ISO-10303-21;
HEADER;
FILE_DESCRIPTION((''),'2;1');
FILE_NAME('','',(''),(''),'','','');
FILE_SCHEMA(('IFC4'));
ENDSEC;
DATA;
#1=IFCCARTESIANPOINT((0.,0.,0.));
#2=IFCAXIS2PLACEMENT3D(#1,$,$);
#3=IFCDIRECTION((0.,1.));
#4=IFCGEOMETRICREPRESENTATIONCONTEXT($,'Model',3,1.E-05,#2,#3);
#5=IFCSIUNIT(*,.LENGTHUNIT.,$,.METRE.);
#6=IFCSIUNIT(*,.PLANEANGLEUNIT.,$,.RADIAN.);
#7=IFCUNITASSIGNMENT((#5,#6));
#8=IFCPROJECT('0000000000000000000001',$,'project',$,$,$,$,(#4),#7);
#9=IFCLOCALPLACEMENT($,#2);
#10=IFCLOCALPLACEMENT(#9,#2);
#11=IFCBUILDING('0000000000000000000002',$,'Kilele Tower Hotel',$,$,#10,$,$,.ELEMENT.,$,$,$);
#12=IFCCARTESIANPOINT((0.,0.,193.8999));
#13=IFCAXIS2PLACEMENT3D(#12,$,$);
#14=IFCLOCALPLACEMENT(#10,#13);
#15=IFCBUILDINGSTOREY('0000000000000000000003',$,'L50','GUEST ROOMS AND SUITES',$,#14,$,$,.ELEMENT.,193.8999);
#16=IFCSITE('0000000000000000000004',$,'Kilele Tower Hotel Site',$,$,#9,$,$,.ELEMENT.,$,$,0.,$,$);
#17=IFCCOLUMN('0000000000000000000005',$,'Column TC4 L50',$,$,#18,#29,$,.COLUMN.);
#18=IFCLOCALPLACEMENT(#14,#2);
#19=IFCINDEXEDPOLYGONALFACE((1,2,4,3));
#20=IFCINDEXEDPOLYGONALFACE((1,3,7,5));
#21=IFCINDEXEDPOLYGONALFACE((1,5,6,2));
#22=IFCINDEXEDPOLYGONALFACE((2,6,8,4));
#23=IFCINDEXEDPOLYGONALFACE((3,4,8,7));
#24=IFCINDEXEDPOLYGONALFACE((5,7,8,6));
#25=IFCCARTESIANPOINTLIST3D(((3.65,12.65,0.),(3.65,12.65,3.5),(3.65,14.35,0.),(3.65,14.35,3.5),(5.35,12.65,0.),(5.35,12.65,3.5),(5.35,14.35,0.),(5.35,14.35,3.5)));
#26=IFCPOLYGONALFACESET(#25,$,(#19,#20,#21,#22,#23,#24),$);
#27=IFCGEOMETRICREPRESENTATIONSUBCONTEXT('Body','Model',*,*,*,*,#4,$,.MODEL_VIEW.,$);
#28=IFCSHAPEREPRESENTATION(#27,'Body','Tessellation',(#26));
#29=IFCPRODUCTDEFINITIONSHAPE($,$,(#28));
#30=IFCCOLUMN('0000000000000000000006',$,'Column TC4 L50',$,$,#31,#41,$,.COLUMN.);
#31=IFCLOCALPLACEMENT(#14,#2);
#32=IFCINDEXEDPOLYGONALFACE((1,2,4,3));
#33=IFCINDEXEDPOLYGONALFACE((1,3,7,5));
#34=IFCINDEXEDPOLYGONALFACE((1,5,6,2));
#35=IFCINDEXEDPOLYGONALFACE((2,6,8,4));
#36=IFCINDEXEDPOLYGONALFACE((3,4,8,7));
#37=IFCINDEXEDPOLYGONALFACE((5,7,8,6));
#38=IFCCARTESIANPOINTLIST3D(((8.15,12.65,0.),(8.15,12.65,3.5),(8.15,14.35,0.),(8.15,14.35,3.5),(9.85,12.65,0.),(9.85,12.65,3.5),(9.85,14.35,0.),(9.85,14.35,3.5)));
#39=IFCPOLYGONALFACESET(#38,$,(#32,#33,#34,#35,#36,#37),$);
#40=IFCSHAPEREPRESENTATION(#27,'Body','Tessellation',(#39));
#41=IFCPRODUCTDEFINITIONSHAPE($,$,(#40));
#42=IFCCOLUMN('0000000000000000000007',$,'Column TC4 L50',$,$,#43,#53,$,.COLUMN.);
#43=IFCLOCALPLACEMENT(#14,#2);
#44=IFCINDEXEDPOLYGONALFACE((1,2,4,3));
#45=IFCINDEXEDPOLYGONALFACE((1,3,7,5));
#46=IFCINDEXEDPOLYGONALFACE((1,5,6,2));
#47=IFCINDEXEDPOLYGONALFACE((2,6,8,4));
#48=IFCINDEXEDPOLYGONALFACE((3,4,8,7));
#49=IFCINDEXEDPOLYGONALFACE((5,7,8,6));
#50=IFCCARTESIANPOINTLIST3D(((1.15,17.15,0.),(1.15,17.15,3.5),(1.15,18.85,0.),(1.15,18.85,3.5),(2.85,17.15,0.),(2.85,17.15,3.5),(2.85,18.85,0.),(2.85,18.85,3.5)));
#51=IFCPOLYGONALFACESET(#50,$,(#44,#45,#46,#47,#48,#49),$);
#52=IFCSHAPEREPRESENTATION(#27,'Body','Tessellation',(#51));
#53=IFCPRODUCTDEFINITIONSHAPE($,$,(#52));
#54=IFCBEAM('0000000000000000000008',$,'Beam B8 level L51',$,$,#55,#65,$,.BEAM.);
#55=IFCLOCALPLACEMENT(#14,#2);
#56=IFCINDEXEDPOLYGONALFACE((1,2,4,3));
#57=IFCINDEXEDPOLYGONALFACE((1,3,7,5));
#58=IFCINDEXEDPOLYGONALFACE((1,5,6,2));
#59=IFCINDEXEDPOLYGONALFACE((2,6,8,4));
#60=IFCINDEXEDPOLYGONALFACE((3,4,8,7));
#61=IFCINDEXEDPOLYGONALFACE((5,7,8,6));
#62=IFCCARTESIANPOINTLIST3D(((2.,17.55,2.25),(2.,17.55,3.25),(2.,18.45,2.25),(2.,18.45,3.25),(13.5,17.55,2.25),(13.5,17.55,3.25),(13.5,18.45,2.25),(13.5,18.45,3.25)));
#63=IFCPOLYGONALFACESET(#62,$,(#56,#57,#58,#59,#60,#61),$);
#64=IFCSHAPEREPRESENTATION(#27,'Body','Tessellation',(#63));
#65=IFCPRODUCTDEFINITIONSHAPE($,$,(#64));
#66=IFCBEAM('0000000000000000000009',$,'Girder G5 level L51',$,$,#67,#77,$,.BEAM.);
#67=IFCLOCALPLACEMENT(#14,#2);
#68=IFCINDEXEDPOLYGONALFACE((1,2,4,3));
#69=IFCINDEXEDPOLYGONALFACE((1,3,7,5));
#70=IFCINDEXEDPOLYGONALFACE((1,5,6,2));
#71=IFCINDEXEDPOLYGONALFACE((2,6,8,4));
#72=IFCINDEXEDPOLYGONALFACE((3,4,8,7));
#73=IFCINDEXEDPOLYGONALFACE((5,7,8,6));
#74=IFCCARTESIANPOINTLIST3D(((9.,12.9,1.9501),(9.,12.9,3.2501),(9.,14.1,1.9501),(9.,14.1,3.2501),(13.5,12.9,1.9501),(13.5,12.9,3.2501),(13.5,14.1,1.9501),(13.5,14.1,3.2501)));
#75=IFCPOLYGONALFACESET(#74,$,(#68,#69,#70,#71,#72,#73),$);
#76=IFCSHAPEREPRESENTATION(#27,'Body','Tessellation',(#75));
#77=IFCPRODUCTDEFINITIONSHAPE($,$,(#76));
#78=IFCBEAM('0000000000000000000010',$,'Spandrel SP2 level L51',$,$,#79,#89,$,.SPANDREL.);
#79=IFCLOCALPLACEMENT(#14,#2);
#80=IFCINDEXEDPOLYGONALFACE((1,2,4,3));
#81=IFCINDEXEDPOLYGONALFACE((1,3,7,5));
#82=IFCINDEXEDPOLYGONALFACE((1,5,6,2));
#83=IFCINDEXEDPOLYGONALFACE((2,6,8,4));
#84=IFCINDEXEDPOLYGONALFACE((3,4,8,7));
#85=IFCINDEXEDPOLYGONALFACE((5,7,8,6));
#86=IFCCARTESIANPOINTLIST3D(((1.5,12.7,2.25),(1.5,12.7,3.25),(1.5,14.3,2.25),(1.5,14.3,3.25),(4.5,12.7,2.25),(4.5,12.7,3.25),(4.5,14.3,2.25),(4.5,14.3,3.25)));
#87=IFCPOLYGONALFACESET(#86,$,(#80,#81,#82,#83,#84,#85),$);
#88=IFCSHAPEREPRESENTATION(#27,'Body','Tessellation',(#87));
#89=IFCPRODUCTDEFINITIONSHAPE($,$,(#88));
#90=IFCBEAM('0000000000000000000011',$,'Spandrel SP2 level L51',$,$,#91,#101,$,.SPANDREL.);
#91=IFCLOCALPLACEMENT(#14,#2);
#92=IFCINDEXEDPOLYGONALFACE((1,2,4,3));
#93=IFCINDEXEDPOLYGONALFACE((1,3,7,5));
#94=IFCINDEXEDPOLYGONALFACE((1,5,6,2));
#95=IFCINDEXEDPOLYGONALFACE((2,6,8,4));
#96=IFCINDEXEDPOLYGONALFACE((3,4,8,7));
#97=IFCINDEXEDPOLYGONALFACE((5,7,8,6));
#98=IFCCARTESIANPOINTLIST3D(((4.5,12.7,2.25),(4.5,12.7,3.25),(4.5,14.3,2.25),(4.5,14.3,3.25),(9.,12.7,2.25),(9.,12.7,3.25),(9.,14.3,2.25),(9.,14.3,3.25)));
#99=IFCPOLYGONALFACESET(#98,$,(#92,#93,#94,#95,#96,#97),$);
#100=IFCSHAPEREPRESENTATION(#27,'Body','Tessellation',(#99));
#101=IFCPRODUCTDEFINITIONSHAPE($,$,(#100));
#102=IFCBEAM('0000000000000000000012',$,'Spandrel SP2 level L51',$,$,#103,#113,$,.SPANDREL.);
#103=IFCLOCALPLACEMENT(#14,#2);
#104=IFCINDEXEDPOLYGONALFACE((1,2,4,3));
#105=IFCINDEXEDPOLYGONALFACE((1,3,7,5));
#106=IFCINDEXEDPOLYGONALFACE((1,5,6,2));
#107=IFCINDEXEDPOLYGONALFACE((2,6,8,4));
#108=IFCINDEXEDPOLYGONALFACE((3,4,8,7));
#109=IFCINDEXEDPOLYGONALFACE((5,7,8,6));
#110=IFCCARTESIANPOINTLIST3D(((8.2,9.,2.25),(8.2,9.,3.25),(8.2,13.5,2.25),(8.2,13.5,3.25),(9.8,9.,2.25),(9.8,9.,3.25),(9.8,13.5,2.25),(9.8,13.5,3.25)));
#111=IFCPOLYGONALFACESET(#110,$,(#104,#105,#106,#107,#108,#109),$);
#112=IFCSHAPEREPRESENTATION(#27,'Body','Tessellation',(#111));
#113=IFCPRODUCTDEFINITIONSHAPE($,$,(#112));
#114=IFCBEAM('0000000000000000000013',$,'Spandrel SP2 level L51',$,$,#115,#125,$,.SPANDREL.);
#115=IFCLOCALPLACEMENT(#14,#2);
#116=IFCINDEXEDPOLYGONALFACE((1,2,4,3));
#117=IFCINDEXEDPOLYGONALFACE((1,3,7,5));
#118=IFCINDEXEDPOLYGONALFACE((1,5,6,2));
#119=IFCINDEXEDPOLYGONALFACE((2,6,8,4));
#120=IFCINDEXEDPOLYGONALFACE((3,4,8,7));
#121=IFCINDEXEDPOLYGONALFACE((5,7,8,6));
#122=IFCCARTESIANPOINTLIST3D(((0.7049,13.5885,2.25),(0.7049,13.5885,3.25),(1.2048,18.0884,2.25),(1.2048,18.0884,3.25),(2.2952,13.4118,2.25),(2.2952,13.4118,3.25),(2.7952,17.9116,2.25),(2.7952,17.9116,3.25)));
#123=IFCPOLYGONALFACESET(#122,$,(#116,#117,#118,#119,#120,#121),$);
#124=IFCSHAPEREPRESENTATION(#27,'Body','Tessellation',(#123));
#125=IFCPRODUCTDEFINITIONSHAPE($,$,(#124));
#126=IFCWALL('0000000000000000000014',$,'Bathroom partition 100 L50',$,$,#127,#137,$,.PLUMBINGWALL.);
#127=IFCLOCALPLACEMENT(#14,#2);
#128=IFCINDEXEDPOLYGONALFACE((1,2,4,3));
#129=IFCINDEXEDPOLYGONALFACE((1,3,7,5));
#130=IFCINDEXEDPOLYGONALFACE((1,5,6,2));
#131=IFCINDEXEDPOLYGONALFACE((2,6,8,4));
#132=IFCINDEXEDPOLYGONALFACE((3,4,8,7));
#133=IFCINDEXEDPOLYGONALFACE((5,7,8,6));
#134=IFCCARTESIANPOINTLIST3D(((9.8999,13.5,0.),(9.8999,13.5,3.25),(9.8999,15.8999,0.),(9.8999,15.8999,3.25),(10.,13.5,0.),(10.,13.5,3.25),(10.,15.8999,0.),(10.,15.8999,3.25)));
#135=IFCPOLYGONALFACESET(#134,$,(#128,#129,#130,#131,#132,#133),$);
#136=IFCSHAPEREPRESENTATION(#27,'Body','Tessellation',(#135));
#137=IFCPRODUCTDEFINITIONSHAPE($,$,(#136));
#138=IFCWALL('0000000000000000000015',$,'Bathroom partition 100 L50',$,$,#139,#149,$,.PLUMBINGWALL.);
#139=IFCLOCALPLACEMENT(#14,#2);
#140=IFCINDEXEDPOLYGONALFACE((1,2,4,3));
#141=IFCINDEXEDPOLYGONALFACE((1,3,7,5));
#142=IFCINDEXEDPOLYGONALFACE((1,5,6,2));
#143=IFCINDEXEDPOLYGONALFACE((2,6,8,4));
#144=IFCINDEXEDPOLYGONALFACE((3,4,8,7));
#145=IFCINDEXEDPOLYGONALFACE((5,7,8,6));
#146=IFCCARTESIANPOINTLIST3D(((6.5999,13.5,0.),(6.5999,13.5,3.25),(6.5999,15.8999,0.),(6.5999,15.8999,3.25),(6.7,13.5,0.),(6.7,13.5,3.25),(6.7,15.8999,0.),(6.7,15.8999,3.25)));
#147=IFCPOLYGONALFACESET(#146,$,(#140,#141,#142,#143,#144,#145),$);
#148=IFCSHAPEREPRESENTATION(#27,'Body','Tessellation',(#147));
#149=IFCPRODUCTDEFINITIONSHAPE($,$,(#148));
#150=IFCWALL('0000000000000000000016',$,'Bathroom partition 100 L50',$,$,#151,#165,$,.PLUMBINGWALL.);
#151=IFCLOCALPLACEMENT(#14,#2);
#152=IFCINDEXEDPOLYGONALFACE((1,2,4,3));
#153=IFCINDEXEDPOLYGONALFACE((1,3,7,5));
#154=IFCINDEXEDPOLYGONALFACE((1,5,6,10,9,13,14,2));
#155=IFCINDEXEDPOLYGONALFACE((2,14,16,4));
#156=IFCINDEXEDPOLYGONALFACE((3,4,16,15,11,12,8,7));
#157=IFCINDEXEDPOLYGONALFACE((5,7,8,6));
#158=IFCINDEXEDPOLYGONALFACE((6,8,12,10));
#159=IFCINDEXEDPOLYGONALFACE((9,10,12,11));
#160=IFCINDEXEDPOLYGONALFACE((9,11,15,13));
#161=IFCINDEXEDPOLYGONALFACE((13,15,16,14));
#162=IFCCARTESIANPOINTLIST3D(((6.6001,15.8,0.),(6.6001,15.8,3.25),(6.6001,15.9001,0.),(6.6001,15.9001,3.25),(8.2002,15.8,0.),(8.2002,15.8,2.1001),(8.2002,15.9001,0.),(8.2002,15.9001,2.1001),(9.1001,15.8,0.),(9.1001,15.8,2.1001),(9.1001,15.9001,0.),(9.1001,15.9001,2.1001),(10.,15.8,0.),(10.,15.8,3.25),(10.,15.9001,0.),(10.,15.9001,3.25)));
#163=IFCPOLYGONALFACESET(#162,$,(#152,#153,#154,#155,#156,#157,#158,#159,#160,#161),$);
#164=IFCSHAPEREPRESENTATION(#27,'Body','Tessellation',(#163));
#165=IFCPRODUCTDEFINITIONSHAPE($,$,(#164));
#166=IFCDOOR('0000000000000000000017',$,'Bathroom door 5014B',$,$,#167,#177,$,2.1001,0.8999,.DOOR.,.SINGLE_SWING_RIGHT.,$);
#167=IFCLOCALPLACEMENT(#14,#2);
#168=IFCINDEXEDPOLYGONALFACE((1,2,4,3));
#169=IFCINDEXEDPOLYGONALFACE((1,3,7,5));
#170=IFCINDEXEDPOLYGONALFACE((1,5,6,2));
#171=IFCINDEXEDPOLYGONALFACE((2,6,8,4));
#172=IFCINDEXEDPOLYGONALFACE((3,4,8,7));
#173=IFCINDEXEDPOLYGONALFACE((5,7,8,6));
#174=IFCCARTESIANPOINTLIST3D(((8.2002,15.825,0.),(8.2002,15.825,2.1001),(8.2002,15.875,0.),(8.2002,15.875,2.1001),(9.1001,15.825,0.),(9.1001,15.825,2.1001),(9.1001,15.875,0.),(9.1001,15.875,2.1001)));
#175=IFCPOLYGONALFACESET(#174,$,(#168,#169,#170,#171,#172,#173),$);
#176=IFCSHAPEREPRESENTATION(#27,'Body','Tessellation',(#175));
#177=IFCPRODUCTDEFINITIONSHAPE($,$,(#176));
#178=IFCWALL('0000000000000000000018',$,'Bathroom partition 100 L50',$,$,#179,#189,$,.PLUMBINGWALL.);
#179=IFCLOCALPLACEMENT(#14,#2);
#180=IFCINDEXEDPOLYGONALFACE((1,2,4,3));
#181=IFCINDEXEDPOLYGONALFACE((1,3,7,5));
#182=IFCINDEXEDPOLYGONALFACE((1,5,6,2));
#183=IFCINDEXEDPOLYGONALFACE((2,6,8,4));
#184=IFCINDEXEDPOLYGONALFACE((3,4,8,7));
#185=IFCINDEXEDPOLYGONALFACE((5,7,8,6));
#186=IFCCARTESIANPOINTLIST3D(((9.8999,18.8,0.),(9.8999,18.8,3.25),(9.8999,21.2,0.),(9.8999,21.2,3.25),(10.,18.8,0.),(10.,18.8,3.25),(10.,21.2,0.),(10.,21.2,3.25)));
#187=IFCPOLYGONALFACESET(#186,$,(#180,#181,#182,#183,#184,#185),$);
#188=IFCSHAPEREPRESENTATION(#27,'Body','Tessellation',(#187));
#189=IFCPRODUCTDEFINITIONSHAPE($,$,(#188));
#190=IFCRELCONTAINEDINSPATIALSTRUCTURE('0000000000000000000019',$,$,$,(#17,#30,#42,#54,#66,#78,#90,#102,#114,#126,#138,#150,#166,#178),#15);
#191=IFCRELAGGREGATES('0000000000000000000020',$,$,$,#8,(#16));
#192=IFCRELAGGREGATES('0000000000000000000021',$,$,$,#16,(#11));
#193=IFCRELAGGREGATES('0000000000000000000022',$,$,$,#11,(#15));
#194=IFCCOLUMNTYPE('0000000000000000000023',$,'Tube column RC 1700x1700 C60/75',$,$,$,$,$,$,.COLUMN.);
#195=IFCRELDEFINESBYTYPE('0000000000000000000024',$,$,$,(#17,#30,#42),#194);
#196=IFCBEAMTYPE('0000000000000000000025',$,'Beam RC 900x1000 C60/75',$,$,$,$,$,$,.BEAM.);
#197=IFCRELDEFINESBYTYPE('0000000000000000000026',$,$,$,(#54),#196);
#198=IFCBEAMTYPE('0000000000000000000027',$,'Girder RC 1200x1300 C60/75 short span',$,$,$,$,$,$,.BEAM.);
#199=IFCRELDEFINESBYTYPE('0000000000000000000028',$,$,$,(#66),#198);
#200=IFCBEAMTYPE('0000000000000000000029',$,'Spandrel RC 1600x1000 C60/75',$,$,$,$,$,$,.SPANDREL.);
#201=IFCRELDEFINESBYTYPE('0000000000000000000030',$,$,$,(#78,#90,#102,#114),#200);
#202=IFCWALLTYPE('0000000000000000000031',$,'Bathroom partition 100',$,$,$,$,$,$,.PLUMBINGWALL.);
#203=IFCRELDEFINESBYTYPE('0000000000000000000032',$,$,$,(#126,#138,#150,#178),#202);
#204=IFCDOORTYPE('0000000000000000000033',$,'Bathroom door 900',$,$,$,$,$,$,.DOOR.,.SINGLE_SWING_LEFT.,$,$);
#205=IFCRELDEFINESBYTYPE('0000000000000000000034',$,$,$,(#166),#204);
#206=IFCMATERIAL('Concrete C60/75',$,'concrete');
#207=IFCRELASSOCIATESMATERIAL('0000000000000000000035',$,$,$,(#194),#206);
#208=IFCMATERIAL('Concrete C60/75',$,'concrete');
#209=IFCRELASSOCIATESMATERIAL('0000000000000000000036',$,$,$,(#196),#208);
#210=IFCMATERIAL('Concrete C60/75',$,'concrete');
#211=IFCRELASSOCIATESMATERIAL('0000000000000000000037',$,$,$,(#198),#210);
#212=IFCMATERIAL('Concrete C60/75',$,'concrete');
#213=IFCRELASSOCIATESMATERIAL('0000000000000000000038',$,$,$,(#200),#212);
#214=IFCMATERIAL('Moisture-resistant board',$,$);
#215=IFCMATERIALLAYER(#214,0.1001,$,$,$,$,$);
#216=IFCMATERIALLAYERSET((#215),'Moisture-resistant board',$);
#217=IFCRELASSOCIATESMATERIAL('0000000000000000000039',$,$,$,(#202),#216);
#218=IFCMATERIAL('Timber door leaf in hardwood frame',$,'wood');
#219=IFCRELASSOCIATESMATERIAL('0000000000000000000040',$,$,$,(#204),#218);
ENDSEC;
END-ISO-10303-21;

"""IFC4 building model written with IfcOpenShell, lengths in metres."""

from ifc_helpers import new_model, si_unit, direction, frame, frame_2d, origin, origin_2d, place, context, subcontext, project, spatial, rectangle, extrude, material, layer, layer_set, material_profile, profile_set, type_object, element, fill, save


model = new_model("IFC4")

# Units and contexts
model_context = context("Model", 3, precision=1e-05, world=origin(), true_north=direction((0.0, 1.0)))
body_context = subcontext(model_context, "Body", "Model", "MODEL_VIEW")
ifc_project = project(units=[si_unit("LENGTHUNIT", "METRE"), si_unit("PLANEANGLEUNIT", "RADIAN")], contexts=[model_context])

# Site, building, storey
site_placement = place(None, origin())
site = spatial("IfcSite", under=ifc_project, at=site_placement, Name="Kilele Tower Hotel Site", CompositionType="ELEMENT", RefElevation=0.0)
building_placement = place(site_placement, origin())
building = spatial("IfcBuilding", under=site, at=building_placement, Name="Kilele Tower Hotel", CompositionType="ELEMENT")
storey_placement = place(building_placement, frame((0.0, 0.0, 193.8999)))
storey = spatial("IfcBuildingStorey", under=building, at=storey_placement, Name="L50", Description="GUEST ROOMS AND SUITES", CompositionType="ELEMENT", Elevation=193.8999)

# Columns
ifc_material_1 = material(Name="Concrete C60/75", Category="concrete")
ifc_material_profile_1 = material_profile(ifc_material_1, rectangle(XDim=1.7, YDim=1.7, at=origin_2d()))
ifc_profile_set_1 = profile_set([ifc_material_profile_1], Name="Concrete C60/75")
column_type = type_object("IfcColumnType", Name="Tube column RC 1700x1700 C60/75", PredefinedType="COLUMN", material=ifc_profile_set_1)
for number, where, z_axis, x_axis, name in (
    (1, (4.5, 13.5, 0.0), (0.0, 0.0, 1.0), (1.0, 0.0, 0.0), "Column TC4 L50"),
    (2, (9.0, 13.5, 0.0), (0.0, 0.0, 1.0), (1.0, 0.0, 0.0), "Column TC4 L50"),
    (3, (2.0, 18.0, 0.0), (0.0, 0.0, 1.0), (1.0, 0.0, 0.0), "Column TC4 L50"),
):
    element("IfcColumn", number, at=place(storey_placement, frame(where, z_axis=z_axis, x_axis=x_axis)), inside=storey, type_object=column_type, Name=name, PredefinedType="COLUMN", context=body_context, shape_type="SweptSolid", body=[
        extrude(rectangle(XDim=1.7, YDim=1.7, at=origin_2d()), origin(), (0.0, 0.0, 1.0), 3.5),
    ])

# Beams
ifc_material_2 = material(Name="Concrete C60/75", Category="concrete")
ifc_material_profile_2 = material_profile(ifc_material_2, rectangle(XDim=0.8999, YDim=1.0, at=origin_2d()))
ifc_profile_set_2 = profile_set([ifc_material_profile_2], Name="Concrete C60/75")
beam_type_1 = type_object("IfcBeamType", Name="Beam RC 900x1000 C60/75", PredefinedType="BEAM", material=ifc_profile_set_2)
beam_1_placement = place(storey_placement, frame((2.0, 18.0, 2.75), z_axis=(1.0, 0.0, 0.0), x_axis=(0.0, 1.0, 0.0)))
element("IfcBeam", 4, at=beam_1_placement, inside=storey, type_object=beam_type_1, Name="Beam B8 level L51", PredefinedType="BEAM", context=body_context, shape_type="SweptSolid", body=[
    extrude(rectangle(XDim=0.8999, YDim=1.0, at=origin_2d()), origin(), (0.0, 0.0, 1.0), 11.5),
])
ifc_material_3 = material(Name="Concrete C60/75", Category="concrete")
ifc_material_profile_3 = material_profile(ifc_material_3, rectangle(XDim=1.2, YDim=1.3, at=origin_2d()))
ifc_profile_set_3 = profile_set([ifc_material_profile_3], Name="Concrete C60/75")
beam_type_2 = type_object("IfcBeamType", Name="Girder RC 1200x1300 C60/75 short span", PredefinedType="BEAM", material=ifc_profile_set_3)
beam_2_placement = place(storey_placement, frame((9.0, 13.5, 2.6001), z_axis=(1.0, 0.0, 0.0), x_axis=(0.0, 1.0, 0.0)))
element("IfcBeam", 5, at=beam_2_placement, inside=storey, type_object=beam_type_2, Name="Girder G5 level L51", PredefinedType="BEAM", context=body_context, shape_type="SweptSolid", body=[
    extrude(rectangle(XDim=1.2, YDim=1.3, at=origin_2d()), origin(), (0.0, 0.0, 1.0), 4.5),
])
ifc_material_4 = material(Name="Concrete C60/75", Category="concrete")
ifc_material_profile_4 = material_profile(ifc_material_4, rectangle(XDim=1.6001, YDim=1.0, at=origin_2d()))
ifc_profile_set_4 = profile_set([ifc_material_profile_4], Name="Concrete C60/75")
beam_type_3 = type_object("IfcBeamType", Name="Spandrel RC 1600x1000 C60/75", PredefinedType="SPANDREL", material=ifc_profile_set_4)
beam_3_placement = place(storey_placement, frame((1.5, 13.5, 2.75), z_axis=(1.0, 0.0, 0.0), x_axis=(0.0, 1.0, 0.0)))
element("IfcBeam", 6, at=beam_3_placement, inside=storey, type_object=beam_type_3, Name="Spandrel SP2 level L51", PredefinedType="SPANDREL", context=body_context, shape_type="SweptSolid", body=[
    extrude(rectangle(XDim=1.6001, YDim=1.0, at=origin_2d()), origin(), (0.0, 0.0, 1.0), 3.0),
])
for number, where, z_axis, x_axis, name in (
    (7, (4.5, 13.5, 2.75), (1.0, 0.0, 0.0), (0.0, 1.0, 0.0), "Spandrel SP2 level L51"),
    (8, (9.0, 13.5, 2.75), (0.0, -1.0, 0.0), (1.0, 0.0, 0.0), "Spandrel SP2 level L51"),
):
    element("IfcBeam", number, at=place(storey_placement, frame(where, z_axis=z_axis, x_axis=x_axis)), inside=storey, type_object=beam_type_3, Name=name, PredefinedType="SPANDREL", context=body_context, shape_type="SweptSolid", body=[
        extrude(rectangle(XDim=1.6001, YDim=1.0, at=origin_2d()), origin(), (0.0, 0.0, 1.0), 4.5),
    ])
beam_4_placement = place(storey_placement, frame((2.0, 18.0, 2.75), z_axis=(-0.110432, -0.993884, 0.0), x_axis=(0.993884, -0.110432, 0.0)))
element("IfcBeam", 9, at=beam_4_placement, inside=storey, type_object=beam_type_3, Name="Spandrel SP2 level L51", PredefinedType="SPANDREL", context=body_context, shape_type="SweptSolid", body=[
    extrude(rectangle(XDim=1.6001, YDim=1.0, at=origin_2d()), origin(), (0.0, 0.0, 1.0), 4.5276),
])

# Walls
ifc_material_5 = material(Name="Moisture-resistant board")
ifc_layer_1 = layer(ifc_material_5, 0.1001)
ifc_layer_set_1 = layer_set([ifc_layer_1], Name="Moisture-resistant board")
wall_type_1 = type_object("IfcWallType", Name="Bathroom partition 100", PredefinedType="PLUMBINGWALL", material=ifc_layer_set_1)
for number, where, z_axis, x_axis, name in (
    (10, (9.95, 13.5, 0.0), (0.0, 0.0, 1.0), (0.0, 1.0, 0.0), "Bathroom partition 100 L50"),
    (11, (6.6499, 13.5, 0.0), (0.0, 0.0, 1.0), (0.0, 1.0, 0.0), "Bathroom partition 100 L50"),
):
    element("IfcWall", number, at=place(storey_placement, frame(where, z_axis=z_axis, x_axis=x_axis)), inside=storey, type_object=wall_type_1, Name=name, PredefinedType="PLUMBINGWALL", context=body_context, shape_type="SweptSolid", body=[
        extrude(rectangle(XDim=2.3999, YDim=0.1001, at=frame_2d((1.2, 0.0))), origin(), (0.0, 0.0, 1.0), 3.25),
    ])

# Wall, opening, door
wall_1_placement = place(storey_placement, frame((10.0, 15.8501, 0.0), z_axis=(0.0, 0.0, 1.0), x_axis=(-1.0, 0.0, 0.0)))
wall_1 = element("IfcWall", 12, at=wall_1_placement, inside=storey, type_object=wall_type_1, Name="Bathroom partition 100 L50", PredefinedType="PLUMBINGWALL", context=body_context, shape_type="SweptSolid", body=[
    extrude(rectangle(XDim=3.3999, YDim=0.1001, at=frame_2d((1.7, 0.0))), origin(), (0.0, 0.0, 1.0), 3.25),
])
opening_1_placement = place(wall_1_placement, frame((1.7998, 0.0, 0.0), z_axis=(0.0, 0.0, 1.0), x_axis=(-1.0, 0.0, 0.0)))
opening_1 = element("IfcOpeningElement", 13, at=opening_1_placement, cuts=wall_1, PredefinedType="OPENING", context=body_context, shape_type="SweptSolid", body=[
    extrude(rectangle(XDim=0.8999, YDim=2.1001, at=frame_2d((0.45, 1.05))), frame((0.0, 0.0601, 0.0), z_axis=(0.0, -1.0, 0.0), x_axis=(1.0, 0.0, 0.0)), (0.0, 0.0, 1.0), 0.1201),
])
ifc_material_6 = material(Name="Timber door leaf in hardwood frame", Category="wood")
door_type = type_object("IfcDoorType", Name="Bathroom door 900", OperationType="SINGLE_SWING_LEFT", PredefinedType="DOOR", material=ifc_material_6)
door_placement = place(opening_1_placement, origin())
door = element("IfcDoor", 14, at=door_placement, inside=storey, type_object=door_type, Name="Bathroom door 5014B", OperationType="SINGLE_SWING_RIGHT", OverallHeight=2.1001, OverallWidth=0.8999, PredefinedType="DOOR", context=body_context, shape_type="SweptSolid", body=[
    extrude(rectangle(XDim=0.8999, YDim=2.1001, at=frame_2d((0.45, 1.05))), frame((0.0, 0.0249, 0.0), z_axis=(0.0, -1.0, 0.0), x_axis=(1.0, 0.0, 0.0)), (0.0, 0.0, 1.0), 0.05),
])
fill(opening_1, door)

# Wall
for number, where, z_axis, x_axis, name in (
    (15, (9.95, 18.8, 0.0), (0.0, 0.0, 1.0), (0.0, 1.0, 0.0), "Bathroom partition 100 L50"),
):
    element("IfcWall", number, at=place(storey_placement, frame(where, z_axis=z_axis, x_axis=x_axis)), inside=storey, type_object=wall_type_1, Name=name, PredefinedType="PLUMBINGWALL", context=body_context, shape_type="SweptSolid", body=[
        extrude(rectangle(XDim=2.3999, YDim=0.1001, at=frame_2d((1.2, 0.0))), origin(), (0.0, 0.0, 1.0), 3.25),
    ])

save(model, "model.ifc")
